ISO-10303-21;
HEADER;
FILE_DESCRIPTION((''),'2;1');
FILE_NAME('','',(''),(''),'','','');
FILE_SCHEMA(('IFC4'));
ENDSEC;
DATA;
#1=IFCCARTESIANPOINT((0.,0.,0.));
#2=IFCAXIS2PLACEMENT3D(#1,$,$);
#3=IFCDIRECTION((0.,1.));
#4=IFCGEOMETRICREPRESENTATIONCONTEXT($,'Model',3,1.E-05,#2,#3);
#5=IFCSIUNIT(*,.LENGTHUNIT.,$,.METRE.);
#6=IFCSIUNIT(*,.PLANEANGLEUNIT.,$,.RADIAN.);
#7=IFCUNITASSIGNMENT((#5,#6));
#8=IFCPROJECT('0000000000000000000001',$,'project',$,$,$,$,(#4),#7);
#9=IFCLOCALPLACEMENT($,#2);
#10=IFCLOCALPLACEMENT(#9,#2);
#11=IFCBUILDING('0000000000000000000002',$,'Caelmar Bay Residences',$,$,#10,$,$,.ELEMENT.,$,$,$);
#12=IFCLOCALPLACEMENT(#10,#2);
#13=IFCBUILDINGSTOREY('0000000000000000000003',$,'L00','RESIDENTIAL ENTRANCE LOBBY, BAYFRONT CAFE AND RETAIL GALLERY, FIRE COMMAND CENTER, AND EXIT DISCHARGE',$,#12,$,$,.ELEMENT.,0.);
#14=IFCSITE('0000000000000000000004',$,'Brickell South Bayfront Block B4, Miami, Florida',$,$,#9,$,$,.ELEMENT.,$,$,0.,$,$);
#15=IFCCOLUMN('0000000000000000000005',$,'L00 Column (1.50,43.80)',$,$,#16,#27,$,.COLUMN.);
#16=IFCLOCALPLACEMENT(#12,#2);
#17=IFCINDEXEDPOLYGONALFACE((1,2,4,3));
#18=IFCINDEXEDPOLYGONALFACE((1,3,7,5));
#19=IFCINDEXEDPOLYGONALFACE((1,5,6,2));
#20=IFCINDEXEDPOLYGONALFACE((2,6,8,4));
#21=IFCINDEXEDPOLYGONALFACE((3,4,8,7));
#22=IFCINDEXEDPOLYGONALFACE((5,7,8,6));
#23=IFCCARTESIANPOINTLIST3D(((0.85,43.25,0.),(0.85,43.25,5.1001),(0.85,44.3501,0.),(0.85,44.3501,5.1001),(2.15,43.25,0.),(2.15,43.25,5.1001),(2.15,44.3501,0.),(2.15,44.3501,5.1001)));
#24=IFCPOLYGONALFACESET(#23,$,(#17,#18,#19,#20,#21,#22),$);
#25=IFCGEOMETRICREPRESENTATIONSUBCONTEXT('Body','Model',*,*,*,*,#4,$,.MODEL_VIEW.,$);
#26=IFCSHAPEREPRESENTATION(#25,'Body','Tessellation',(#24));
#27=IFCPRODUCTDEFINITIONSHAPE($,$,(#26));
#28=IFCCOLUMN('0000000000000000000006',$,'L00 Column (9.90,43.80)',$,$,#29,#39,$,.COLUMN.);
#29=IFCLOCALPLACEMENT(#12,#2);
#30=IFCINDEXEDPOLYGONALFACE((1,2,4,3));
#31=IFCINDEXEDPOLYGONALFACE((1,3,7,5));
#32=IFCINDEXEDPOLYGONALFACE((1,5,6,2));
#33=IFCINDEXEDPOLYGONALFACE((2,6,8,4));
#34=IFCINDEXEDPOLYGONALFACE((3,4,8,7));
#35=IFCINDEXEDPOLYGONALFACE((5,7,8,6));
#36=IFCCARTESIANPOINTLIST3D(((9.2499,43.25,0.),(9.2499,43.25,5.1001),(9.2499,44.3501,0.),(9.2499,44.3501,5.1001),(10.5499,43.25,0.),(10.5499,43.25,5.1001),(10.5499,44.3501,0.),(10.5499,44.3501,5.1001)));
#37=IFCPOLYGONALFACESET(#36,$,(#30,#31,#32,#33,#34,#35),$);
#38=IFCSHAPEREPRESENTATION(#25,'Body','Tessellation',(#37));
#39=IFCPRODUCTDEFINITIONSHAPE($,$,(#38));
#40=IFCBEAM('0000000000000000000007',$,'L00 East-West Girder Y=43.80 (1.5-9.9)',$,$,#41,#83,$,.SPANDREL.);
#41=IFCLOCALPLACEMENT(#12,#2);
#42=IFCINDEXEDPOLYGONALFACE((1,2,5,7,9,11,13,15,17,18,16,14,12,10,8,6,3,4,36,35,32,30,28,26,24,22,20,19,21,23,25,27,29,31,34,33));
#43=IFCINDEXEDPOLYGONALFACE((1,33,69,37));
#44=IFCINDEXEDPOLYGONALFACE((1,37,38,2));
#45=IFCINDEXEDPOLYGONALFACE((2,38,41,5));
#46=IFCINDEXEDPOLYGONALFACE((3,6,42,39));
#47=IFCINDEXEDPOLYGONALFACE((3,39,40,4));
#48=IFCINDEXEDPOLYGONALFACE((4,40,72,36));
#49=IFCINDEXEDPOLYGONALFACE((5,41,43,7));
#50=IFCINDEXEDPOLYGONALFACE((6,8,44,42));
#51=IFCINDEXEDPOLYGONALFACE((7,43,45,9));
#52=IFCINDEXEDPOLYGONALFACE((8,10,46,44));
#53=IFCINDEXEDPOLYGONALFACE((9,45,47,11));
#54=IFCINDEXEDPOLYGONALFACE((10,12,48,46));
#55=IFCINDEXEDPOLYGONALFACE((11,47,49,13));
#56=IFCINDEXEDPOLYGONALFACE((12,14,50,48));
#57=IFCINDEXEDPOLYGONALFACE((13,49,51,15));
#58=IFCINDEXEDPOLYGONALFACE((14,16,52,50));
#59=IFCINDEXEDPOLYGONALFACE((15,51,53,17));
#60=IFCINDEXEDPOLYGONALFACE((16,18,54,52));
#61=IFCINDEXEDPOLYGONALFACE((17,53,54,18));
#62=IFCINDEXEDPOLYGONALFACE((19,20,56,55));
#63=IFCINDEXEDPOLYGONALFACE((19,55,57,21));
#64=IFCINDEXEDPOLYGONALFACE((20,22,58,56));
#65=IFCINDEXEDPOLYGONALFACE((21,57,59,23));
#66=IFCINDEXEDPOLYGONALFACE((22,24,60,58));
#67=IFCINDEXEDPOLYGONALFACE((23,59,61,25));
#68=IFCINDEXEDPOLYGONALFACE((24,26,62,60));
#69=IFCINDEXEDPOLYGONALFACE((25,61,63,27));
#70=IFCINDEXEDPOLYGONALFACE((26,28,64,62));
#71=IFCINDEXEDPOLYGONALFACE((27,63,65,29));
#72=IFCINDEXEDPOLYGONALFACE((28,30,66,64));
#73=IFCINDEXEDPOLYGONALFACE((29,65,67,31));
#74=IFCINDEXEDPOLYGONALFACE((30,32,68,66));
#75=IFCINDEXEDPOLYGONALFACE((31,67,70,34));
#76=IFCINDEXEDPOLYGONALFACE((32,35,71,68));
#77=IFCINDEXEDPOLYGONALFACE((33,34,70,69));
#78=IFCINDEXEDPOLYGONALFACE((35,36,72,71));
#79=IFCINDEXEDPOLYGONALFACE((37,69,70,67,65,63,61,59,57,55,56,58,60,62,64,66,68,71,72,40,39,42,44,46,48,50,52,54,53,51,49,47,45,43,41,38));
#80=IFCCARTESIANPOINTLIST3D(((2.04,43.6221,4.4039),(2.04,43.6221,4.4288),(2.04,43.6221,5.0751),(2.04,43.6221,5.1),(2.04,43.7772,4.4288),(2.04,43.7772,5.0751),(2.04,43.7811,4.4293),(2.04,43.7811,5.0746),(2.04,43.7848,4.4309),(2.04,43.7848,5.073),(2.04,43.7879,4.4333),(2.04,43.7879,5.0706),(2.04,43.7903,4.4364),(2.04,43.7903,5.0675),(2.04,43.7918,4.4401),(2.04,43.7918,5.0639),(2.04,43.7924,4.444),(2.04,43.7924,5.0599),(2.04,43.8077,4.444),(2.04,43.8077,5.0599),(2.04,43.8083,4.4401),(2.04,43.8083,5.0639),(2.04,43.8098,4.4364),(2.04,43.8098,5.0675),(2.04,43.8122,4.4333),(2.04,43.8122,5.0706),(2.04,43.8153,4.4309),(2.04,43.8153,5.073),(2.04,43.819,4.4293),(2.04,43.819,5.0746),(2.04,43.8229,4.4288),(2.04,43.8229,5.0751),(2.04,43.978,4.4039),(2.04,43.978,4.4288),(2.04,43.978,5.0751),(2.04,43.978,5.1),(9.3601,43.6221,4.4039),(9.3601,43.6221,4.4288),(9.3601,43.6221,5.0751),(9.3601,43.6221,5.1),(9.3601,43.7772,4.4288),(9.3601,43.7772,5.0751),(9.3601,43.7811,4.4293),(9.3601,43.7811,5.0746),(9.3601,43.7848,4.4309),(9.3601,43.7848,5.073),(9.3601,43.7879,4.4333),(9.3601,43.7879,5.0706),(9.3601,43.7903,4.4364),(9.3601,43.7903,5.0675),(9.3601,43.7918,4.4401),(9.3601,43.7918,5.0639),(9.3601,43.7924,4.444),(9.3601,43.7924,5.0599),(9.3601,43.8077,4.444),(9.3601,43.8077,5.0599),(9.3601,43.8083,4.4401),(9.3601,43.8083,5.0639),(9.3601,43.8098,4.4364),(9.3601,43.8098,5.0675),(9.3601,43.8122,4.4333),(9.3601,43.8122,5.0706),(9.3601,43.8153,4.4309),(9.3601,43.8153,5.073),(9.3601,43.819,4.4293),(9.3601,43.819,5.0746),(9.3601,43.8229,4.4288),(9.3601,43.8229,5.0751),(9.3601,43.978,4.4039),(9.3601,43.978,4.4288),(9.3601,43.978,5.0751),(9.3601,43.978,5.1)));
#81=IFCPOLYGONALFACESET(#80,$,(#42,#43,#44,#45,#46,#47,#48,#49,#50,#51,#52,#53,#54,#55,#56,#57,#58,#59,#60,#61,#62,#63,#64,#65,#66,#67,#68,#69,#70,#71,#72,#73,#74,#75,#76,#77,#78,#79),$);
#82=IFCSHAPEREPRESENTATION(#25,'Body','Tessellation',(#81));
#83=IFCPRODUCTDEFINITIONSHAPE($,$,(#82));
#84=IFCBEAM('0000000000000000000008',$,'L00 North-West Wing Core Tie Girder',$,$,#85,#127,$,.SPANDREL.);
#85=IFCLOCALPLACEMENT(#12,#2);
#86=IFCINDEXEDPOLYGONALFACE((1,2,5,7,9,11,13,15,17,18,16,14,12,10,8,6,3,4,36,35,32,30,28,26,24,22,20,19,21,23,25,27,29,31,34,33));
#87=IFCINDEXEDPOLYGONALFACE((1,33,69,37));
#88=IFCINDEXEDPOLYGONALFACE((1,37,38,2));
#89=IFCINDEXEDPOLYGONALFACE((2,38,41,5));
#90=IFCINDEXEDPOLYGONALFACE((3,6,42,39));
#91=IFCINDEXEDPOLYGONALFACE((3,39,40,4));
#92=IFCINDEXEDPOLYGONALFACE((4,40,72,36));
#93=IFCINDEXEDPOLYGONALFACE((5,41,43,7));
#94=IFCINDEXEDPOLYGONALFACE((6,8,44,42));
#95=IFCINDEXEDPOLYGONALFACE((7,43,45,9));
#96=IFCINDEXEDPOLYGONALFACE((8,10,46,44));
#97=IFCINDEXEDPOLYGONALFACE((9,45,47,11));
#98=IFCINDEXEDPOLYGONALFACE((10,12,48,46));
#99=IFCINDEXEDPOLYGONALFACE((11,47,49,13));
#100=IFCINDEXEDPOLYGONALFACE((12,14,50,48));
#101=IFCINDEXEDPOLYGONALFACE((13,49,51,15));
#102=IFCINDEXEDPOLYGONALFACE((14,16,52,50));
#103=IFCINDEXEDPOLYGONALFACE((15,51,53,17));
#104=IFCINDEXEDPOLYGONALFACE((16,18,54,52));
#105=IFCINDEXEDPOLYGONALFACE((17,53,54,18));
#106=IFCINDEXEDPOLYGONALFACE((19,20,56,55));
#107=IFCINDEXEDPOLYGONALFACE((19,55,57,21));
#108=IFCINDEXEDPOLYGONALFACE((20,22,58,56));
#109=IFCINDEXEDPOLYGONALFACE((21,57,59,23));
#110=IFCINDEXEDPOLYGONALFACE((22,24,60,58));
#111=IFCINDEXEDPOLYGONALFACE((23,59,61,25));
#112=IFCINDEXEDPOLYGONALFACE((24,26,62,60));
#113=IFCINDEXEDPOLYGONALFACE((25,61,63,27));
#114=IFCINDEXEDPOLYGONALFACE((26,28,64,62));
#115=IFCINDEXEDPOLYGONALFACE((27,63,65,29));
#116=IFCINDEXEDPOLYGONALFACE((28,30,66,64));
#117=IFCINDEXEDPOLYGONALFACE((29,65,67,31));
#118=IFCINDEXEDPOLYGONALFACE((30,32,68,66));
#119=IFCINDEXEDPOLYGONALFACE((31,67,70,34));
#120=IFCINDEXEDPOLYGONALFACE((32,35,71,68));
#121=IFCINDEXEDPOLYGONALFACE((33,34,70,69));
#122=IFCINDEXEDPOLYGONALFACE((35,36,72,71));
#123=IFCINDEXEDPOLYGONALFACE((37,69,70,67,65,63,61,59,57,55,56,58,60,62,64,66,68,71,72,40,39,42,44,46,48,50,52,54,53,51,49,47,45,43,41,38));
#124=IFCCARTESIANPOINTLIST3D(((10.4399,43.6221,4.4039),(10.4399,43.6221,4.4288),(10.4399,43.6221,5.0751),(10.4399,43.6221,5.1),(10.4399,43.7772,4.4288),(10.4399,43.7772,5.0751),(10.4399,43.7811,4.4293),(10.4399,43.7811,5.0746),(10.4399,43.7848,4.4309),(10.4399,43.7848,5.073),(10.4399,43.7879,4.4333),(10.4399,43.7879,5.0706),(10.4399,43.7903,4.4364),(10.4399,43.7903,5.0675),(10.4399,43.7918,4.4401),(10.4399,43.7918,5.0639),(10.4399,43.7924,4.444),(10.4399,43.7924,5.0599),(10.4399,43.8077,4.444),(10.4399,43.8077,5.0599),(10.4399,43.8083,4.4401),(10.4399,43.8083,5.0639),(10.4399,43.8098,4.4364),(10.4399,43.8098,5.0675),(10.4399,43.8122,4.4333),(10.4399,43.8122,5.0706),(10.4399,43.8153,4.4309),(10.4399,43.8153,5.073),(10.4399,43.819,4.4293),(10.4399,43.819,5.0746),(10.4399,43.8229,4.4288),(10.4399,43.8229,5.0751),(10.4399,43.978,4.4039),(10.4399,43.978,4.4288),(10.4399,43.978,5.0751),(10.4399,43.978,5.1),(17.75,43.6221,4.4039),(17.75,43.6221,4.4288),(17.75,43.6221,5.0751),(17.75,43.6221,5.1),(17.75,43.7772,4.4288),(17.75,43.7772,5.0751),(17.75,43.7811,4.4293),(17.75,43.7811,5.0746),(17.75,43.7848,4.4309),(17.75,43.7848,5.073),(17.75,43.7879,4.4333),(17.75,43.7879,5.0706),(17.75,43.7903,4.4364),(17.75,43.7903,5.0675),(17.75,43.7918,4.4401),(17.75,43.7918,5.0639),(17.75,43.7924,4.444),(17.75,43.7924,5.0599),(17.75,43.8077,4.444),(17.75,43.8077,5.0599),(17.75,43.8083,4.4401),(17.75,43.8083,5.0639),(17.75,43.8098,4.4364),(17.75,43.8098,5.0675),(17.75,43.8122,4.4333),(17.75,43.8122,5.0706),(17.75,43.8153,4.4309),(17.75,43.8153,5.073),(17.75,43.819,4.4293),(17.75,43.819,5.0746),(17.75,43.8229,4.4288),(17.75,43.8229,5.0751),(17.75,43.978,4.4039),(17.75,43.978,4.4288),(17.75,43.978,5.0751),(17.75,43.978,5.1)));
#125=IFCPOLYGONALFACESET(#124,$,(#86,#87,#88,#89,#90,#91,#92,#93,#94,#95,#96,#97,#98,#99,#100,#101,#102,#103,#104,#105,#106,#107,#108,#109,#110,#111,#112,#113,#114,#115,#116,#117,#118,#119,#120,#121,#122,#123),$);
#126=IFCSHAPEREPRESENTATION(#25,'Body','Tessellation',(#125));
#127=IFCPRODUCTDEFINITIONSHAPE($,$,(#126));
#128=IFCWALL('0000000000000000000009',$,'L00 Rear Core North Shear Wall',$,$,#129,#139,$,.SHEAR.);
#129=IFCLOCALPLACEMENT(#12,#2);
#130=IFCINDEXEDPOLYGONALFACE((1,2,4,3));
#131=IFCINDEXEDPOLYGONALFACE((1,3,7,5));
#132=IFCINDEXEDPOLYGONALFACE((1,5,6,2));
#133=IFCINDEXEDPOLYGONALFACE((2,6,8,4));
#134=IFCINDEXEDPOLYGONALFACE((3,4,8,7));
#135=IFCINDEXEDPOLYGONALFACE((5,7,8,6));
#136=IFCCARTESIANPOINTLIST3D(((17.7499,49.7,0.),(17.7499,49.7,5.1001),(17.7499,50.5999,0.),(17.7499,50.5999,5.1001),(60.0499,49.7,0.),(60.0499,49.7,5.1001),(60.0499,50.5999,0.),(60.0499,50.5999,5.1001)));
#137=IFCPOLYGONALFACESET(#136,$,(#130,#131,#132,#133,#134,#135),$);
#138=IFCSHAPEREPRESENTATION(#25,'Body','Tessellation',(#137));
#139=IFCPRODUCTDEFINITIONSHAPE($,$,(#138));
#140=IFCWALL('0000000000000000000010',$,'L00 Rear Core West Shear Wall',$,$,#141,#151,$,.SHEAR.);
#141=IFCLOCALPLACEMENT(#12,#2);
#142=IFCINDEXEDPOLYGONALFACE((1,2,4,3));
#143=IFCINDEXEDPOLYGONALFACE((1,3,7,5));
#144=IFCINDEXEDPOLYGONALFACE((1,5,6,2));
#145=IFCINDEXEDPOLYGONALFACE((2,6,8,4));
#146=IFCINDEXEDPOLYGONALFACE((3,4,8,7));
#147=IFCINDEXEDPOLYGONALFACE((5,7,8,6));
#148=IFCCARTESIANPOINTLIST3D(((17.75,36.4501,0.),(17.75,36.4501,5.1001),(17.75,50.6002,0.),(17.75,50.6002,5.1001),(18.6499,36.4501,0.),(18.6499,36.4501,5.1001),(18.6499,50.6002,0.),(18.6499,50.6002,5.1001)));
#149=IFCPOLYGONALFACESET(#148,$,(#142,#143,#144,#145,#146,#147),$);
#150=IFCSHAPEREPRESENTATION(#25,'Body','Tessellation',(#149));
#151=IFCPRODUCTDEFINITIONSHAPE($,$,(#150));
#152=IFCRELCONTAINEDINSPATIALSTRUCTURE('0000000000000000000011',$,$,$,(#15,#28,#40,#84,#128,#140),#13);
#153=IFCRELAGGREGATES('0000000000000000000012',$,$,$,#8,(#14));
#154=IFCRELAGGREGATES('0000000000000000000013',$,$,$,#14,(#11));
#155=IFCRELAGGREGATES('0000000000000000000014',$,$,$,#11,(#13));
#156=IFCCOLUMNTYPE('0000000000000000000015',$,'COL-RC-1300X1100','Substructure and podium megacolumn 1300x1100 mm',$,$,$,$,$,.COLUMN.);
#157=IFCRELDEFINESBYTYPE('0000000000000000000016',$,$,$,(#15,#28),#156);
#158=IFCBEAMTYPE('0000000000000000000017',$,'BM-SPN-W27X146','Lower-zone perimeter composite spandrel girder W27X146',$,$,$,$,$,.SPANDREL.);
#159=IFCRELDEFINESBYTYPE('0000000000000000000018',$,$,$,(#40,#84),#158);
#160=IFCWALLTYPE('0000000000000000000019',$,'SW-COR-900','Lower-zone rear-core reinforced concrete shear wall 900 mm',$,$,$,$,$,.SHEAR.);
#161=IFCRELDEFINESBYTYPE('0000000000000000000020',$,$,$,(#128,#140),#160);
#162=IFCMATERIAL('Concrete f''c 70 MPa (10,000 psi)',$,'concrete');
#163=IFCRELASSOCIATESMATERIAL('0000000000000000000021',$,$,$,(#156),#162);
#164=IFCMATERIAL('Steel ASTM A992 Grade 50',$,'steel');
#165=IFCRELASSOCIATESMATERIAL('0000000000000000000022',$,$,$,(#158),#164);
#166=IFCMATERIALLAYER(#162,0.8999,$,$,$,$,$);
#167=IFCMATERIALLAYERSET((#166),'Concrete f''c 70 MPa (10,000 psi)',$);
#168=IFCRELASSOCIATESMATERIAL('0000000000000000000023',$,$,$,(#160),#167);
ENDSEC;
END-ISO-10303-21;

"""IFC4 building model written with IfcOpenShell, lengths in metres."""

from ifc_helpers import new_model, si_unit, direction, frame, frame_2d, origin, origin_2d, place, context, subcontext, project, spatial, rectangle, i_section, extrude, material, layer, layer_set, material_profile, profile_set, type_object, element, save


model = new_model("IFC4")

# Units and contexts
model_context = context("Model", 3, precision=1e-05, world=origin(), true_north=direction((0.0, 1.0)))
body_context = subcontext(model_context, "Body", "Model", "MODEL_VIEW")
ifc_project = project(units=[si_unit("LENGTHUNIT", "METRE"), si_unit("PLANEANGLEUNIT", "RADIAN")], contexts=[model_context])

# Site, building, storey
site_placement = place(None, origin())
site = spatial("IfcSite", under=ifc_project, at=site_placement, Name="Brickell South Bayfront Block B4, Miami, Florida", CompositionType="ELEMENT", RefElevation=0.0)
building_placement = place(site_placement, origin())
building = spatial("IfcBuilding", under=site, at=building_placement, Name="Caelmar Bay Residences", CompositionType="ELEMENT")
storey_placement = place(building_placement, origin())
storey = spatial("IfcBuildingStorey", under=building, at=storey_placement, Name="L00", Description="RESIDENTIAL ENTRANCE LOBBY, BAYFRONT CAFE AND RETAIL GALLERY, FIRE COMMAND CENTER, AND EXIT DISCHARGE", CompositionType="ELEMENT", Elevation=0.0)

# Columns
ifc_material_1 = material(Name="Concrete f'c 70 MPa (10,000 psi)", Category="concrete")
ifc_material_profile_1 = material_profile(ifc_material_1, rectangle(XDim=1.3, YDim=1.1001, at=origin_2d()), Name="RC-COL-1300X1100")
ifc_profile_set_1 = profile_set([ifc_material_profile_1], Name="Concrete f'c 70 MPa (10,000 psi)")
column_type = type_object("IfcColumnType", Name="COL-RC-1300X1100", Description="Substructure and podium megacolumn 1300x1100 mm", PredefinedType="COLUMN", material=ifc_profile_set_1)
for number, where, z_axis, x_axis, name in (
    (1, (1.5, 43.8, 0.0), (0.0, 0.0, 1.0), (1.0, 0.0, 0.0), "L00 Column (1.50,43.80)"),
    (2, (9.8999, 43.8, 0.0), (0.0, 0.0, 1.0), (1.0, 0.0, 0.0), "L00 Column (9.90,43.80)"),
):
    element("IfcColumn", number, at=place(storey_placement, frame(where, z_axis=z_axis, x_axis=x_axis)), inside=storey, type_object=column_type, Name=name, PredefinedType="COLUMN", context=body_context, shape_type="SweptSolid", body=[
        extrude(rectangle(XDim=1.3, YDim=1.1001, at=origin_2d()), origin(), (0.0, 0.0, 1.0), 5.1001),
    ])

# Beams
ifc_material_2 = material(Name="Steel ASTM A992 Grade 50", Category="steel")
ifc_material_profile_2 = material_profile(ifc_material_2, i_section(OverallWidth=0.356, OverallDepth=0.696, WebThickness=0.0154, FlangeThickness=0.0249, FilletRadius=0.0151, at=origin_2d()), Name="W27X146")
ifc_profile_set_2 = profile_set([ifc_material_profile_2], Name="Steel ASTM A992 Grade 50")
beam_type = type_object("IfcBeamType", Name="BM-SPN-W27X146", Description="Lower-zone perimeter composite spandrel girder W27X146", PredefinedType="SPANDREL", material=ifc_profile_set_2)
beam_1_placement = place(storey_placement, frame((2.04, 43.8, 4.752), z_axis=(1.0, 0.0, 0.0), x_axis=(0.0, 1.0, 0.0)))
element("IfcBeam", 3, at=beam_1_placement, inside=storey, type_object=beam_type, Name="L00 East-West Girder Y=43.80 (1.5-9.9)", PredefinedType="SPANDREL", context=body_context, shape_type="SweptSolid", body=[
    extrude(i_section(OverallWidth=0.356, OverallDepth=0.696, WebThickness=0.0154, FlangeThickness=0.0249, FilletRadius=0.0151, at=origin_2d()), origin(), (0.0, 0.0, 1.0), 7.3201),
])
beam_2_placement = place(storey_placement, frame((10.4399, 43.8, 4.752), z_axis=(1.0, 0.0, 0.0), x_axis=(0.0, 1.0, 0.0)))
element("IfcBeam", 4, at=beam_2_placement, inside=storey, type_object=beam_type, Name="L00 North-West Wing Core Tie Girder", PredefinedType="SPANDREL", context=body_context, shape_type="SweptSolid", body=[
    extrude(i_section(OverallWidth=0.356, OverallDepth=0.696, WebThickness=0.0154, FlangeThickness=0.0249, FilletRadius=0.0151, at=origin_2d()), origin(), (0.0, 0.0, 1.0), 7.3101),
])

# Shared definitions
ifc_layer_1 = layer(ifc_material_1, 0.8999)
ifc_layer_set_1 = layer_set([ifc_layer_1], Name="Concrete f'c 70 MPa (10,000 psi)")
wall_type_1 = type_object("IfcWallType", Name="SW-COR-900", Description="Lower-zone rear-core reinforced concrete shear wall 900 mm", PredefinedType="SHEAR", material=ifc_layer_set_1)

# Walls
wall_1_placement = place(storey_placement, frame((17.75, 50.1499, 0.0), z_axis=(0.0, 0.0, 1.0), x_axis=(1.0, 0.0, 0.0)))
element("IfcWall", 5, at=wall_1_placement, inside=storey, type_object=wall_type_1, Name="L00 Rear Core North Shear Wall", PredefinedType="SHEAR", context=body_context, shape_type="SweptSolid", body=[
    extrude(rectangle(XDim=42.3, YDim=0.8999, at=frame_2d((21.1499, 0.0))), origin(), (0.0, 0.0, 1.0), 5.1001),
])
wall_2_placement = place(storey_placement, frame((18.2, 36.45, 0.0), z_axis=(0.0, 0.0, 1.0), x_axis=(0.0, 1.0, 0.0)))
element("IfcWall", 6, at=wall_2_placement, inside=storey, type_object=wall_type_1, Name="L00 Rear Core West Shear Wall", PredefinedType="SHEAR", context=body_context, shape_type="SweptSolid", body=[
    extrude(rectangle(XDim=14.1501, YDim=0.8999, at=frame_2d((7.0752, 0.0))), origin(), (0.0, 0.0, 1.0), 5.1001),
])

save(model, "model.ifc")
